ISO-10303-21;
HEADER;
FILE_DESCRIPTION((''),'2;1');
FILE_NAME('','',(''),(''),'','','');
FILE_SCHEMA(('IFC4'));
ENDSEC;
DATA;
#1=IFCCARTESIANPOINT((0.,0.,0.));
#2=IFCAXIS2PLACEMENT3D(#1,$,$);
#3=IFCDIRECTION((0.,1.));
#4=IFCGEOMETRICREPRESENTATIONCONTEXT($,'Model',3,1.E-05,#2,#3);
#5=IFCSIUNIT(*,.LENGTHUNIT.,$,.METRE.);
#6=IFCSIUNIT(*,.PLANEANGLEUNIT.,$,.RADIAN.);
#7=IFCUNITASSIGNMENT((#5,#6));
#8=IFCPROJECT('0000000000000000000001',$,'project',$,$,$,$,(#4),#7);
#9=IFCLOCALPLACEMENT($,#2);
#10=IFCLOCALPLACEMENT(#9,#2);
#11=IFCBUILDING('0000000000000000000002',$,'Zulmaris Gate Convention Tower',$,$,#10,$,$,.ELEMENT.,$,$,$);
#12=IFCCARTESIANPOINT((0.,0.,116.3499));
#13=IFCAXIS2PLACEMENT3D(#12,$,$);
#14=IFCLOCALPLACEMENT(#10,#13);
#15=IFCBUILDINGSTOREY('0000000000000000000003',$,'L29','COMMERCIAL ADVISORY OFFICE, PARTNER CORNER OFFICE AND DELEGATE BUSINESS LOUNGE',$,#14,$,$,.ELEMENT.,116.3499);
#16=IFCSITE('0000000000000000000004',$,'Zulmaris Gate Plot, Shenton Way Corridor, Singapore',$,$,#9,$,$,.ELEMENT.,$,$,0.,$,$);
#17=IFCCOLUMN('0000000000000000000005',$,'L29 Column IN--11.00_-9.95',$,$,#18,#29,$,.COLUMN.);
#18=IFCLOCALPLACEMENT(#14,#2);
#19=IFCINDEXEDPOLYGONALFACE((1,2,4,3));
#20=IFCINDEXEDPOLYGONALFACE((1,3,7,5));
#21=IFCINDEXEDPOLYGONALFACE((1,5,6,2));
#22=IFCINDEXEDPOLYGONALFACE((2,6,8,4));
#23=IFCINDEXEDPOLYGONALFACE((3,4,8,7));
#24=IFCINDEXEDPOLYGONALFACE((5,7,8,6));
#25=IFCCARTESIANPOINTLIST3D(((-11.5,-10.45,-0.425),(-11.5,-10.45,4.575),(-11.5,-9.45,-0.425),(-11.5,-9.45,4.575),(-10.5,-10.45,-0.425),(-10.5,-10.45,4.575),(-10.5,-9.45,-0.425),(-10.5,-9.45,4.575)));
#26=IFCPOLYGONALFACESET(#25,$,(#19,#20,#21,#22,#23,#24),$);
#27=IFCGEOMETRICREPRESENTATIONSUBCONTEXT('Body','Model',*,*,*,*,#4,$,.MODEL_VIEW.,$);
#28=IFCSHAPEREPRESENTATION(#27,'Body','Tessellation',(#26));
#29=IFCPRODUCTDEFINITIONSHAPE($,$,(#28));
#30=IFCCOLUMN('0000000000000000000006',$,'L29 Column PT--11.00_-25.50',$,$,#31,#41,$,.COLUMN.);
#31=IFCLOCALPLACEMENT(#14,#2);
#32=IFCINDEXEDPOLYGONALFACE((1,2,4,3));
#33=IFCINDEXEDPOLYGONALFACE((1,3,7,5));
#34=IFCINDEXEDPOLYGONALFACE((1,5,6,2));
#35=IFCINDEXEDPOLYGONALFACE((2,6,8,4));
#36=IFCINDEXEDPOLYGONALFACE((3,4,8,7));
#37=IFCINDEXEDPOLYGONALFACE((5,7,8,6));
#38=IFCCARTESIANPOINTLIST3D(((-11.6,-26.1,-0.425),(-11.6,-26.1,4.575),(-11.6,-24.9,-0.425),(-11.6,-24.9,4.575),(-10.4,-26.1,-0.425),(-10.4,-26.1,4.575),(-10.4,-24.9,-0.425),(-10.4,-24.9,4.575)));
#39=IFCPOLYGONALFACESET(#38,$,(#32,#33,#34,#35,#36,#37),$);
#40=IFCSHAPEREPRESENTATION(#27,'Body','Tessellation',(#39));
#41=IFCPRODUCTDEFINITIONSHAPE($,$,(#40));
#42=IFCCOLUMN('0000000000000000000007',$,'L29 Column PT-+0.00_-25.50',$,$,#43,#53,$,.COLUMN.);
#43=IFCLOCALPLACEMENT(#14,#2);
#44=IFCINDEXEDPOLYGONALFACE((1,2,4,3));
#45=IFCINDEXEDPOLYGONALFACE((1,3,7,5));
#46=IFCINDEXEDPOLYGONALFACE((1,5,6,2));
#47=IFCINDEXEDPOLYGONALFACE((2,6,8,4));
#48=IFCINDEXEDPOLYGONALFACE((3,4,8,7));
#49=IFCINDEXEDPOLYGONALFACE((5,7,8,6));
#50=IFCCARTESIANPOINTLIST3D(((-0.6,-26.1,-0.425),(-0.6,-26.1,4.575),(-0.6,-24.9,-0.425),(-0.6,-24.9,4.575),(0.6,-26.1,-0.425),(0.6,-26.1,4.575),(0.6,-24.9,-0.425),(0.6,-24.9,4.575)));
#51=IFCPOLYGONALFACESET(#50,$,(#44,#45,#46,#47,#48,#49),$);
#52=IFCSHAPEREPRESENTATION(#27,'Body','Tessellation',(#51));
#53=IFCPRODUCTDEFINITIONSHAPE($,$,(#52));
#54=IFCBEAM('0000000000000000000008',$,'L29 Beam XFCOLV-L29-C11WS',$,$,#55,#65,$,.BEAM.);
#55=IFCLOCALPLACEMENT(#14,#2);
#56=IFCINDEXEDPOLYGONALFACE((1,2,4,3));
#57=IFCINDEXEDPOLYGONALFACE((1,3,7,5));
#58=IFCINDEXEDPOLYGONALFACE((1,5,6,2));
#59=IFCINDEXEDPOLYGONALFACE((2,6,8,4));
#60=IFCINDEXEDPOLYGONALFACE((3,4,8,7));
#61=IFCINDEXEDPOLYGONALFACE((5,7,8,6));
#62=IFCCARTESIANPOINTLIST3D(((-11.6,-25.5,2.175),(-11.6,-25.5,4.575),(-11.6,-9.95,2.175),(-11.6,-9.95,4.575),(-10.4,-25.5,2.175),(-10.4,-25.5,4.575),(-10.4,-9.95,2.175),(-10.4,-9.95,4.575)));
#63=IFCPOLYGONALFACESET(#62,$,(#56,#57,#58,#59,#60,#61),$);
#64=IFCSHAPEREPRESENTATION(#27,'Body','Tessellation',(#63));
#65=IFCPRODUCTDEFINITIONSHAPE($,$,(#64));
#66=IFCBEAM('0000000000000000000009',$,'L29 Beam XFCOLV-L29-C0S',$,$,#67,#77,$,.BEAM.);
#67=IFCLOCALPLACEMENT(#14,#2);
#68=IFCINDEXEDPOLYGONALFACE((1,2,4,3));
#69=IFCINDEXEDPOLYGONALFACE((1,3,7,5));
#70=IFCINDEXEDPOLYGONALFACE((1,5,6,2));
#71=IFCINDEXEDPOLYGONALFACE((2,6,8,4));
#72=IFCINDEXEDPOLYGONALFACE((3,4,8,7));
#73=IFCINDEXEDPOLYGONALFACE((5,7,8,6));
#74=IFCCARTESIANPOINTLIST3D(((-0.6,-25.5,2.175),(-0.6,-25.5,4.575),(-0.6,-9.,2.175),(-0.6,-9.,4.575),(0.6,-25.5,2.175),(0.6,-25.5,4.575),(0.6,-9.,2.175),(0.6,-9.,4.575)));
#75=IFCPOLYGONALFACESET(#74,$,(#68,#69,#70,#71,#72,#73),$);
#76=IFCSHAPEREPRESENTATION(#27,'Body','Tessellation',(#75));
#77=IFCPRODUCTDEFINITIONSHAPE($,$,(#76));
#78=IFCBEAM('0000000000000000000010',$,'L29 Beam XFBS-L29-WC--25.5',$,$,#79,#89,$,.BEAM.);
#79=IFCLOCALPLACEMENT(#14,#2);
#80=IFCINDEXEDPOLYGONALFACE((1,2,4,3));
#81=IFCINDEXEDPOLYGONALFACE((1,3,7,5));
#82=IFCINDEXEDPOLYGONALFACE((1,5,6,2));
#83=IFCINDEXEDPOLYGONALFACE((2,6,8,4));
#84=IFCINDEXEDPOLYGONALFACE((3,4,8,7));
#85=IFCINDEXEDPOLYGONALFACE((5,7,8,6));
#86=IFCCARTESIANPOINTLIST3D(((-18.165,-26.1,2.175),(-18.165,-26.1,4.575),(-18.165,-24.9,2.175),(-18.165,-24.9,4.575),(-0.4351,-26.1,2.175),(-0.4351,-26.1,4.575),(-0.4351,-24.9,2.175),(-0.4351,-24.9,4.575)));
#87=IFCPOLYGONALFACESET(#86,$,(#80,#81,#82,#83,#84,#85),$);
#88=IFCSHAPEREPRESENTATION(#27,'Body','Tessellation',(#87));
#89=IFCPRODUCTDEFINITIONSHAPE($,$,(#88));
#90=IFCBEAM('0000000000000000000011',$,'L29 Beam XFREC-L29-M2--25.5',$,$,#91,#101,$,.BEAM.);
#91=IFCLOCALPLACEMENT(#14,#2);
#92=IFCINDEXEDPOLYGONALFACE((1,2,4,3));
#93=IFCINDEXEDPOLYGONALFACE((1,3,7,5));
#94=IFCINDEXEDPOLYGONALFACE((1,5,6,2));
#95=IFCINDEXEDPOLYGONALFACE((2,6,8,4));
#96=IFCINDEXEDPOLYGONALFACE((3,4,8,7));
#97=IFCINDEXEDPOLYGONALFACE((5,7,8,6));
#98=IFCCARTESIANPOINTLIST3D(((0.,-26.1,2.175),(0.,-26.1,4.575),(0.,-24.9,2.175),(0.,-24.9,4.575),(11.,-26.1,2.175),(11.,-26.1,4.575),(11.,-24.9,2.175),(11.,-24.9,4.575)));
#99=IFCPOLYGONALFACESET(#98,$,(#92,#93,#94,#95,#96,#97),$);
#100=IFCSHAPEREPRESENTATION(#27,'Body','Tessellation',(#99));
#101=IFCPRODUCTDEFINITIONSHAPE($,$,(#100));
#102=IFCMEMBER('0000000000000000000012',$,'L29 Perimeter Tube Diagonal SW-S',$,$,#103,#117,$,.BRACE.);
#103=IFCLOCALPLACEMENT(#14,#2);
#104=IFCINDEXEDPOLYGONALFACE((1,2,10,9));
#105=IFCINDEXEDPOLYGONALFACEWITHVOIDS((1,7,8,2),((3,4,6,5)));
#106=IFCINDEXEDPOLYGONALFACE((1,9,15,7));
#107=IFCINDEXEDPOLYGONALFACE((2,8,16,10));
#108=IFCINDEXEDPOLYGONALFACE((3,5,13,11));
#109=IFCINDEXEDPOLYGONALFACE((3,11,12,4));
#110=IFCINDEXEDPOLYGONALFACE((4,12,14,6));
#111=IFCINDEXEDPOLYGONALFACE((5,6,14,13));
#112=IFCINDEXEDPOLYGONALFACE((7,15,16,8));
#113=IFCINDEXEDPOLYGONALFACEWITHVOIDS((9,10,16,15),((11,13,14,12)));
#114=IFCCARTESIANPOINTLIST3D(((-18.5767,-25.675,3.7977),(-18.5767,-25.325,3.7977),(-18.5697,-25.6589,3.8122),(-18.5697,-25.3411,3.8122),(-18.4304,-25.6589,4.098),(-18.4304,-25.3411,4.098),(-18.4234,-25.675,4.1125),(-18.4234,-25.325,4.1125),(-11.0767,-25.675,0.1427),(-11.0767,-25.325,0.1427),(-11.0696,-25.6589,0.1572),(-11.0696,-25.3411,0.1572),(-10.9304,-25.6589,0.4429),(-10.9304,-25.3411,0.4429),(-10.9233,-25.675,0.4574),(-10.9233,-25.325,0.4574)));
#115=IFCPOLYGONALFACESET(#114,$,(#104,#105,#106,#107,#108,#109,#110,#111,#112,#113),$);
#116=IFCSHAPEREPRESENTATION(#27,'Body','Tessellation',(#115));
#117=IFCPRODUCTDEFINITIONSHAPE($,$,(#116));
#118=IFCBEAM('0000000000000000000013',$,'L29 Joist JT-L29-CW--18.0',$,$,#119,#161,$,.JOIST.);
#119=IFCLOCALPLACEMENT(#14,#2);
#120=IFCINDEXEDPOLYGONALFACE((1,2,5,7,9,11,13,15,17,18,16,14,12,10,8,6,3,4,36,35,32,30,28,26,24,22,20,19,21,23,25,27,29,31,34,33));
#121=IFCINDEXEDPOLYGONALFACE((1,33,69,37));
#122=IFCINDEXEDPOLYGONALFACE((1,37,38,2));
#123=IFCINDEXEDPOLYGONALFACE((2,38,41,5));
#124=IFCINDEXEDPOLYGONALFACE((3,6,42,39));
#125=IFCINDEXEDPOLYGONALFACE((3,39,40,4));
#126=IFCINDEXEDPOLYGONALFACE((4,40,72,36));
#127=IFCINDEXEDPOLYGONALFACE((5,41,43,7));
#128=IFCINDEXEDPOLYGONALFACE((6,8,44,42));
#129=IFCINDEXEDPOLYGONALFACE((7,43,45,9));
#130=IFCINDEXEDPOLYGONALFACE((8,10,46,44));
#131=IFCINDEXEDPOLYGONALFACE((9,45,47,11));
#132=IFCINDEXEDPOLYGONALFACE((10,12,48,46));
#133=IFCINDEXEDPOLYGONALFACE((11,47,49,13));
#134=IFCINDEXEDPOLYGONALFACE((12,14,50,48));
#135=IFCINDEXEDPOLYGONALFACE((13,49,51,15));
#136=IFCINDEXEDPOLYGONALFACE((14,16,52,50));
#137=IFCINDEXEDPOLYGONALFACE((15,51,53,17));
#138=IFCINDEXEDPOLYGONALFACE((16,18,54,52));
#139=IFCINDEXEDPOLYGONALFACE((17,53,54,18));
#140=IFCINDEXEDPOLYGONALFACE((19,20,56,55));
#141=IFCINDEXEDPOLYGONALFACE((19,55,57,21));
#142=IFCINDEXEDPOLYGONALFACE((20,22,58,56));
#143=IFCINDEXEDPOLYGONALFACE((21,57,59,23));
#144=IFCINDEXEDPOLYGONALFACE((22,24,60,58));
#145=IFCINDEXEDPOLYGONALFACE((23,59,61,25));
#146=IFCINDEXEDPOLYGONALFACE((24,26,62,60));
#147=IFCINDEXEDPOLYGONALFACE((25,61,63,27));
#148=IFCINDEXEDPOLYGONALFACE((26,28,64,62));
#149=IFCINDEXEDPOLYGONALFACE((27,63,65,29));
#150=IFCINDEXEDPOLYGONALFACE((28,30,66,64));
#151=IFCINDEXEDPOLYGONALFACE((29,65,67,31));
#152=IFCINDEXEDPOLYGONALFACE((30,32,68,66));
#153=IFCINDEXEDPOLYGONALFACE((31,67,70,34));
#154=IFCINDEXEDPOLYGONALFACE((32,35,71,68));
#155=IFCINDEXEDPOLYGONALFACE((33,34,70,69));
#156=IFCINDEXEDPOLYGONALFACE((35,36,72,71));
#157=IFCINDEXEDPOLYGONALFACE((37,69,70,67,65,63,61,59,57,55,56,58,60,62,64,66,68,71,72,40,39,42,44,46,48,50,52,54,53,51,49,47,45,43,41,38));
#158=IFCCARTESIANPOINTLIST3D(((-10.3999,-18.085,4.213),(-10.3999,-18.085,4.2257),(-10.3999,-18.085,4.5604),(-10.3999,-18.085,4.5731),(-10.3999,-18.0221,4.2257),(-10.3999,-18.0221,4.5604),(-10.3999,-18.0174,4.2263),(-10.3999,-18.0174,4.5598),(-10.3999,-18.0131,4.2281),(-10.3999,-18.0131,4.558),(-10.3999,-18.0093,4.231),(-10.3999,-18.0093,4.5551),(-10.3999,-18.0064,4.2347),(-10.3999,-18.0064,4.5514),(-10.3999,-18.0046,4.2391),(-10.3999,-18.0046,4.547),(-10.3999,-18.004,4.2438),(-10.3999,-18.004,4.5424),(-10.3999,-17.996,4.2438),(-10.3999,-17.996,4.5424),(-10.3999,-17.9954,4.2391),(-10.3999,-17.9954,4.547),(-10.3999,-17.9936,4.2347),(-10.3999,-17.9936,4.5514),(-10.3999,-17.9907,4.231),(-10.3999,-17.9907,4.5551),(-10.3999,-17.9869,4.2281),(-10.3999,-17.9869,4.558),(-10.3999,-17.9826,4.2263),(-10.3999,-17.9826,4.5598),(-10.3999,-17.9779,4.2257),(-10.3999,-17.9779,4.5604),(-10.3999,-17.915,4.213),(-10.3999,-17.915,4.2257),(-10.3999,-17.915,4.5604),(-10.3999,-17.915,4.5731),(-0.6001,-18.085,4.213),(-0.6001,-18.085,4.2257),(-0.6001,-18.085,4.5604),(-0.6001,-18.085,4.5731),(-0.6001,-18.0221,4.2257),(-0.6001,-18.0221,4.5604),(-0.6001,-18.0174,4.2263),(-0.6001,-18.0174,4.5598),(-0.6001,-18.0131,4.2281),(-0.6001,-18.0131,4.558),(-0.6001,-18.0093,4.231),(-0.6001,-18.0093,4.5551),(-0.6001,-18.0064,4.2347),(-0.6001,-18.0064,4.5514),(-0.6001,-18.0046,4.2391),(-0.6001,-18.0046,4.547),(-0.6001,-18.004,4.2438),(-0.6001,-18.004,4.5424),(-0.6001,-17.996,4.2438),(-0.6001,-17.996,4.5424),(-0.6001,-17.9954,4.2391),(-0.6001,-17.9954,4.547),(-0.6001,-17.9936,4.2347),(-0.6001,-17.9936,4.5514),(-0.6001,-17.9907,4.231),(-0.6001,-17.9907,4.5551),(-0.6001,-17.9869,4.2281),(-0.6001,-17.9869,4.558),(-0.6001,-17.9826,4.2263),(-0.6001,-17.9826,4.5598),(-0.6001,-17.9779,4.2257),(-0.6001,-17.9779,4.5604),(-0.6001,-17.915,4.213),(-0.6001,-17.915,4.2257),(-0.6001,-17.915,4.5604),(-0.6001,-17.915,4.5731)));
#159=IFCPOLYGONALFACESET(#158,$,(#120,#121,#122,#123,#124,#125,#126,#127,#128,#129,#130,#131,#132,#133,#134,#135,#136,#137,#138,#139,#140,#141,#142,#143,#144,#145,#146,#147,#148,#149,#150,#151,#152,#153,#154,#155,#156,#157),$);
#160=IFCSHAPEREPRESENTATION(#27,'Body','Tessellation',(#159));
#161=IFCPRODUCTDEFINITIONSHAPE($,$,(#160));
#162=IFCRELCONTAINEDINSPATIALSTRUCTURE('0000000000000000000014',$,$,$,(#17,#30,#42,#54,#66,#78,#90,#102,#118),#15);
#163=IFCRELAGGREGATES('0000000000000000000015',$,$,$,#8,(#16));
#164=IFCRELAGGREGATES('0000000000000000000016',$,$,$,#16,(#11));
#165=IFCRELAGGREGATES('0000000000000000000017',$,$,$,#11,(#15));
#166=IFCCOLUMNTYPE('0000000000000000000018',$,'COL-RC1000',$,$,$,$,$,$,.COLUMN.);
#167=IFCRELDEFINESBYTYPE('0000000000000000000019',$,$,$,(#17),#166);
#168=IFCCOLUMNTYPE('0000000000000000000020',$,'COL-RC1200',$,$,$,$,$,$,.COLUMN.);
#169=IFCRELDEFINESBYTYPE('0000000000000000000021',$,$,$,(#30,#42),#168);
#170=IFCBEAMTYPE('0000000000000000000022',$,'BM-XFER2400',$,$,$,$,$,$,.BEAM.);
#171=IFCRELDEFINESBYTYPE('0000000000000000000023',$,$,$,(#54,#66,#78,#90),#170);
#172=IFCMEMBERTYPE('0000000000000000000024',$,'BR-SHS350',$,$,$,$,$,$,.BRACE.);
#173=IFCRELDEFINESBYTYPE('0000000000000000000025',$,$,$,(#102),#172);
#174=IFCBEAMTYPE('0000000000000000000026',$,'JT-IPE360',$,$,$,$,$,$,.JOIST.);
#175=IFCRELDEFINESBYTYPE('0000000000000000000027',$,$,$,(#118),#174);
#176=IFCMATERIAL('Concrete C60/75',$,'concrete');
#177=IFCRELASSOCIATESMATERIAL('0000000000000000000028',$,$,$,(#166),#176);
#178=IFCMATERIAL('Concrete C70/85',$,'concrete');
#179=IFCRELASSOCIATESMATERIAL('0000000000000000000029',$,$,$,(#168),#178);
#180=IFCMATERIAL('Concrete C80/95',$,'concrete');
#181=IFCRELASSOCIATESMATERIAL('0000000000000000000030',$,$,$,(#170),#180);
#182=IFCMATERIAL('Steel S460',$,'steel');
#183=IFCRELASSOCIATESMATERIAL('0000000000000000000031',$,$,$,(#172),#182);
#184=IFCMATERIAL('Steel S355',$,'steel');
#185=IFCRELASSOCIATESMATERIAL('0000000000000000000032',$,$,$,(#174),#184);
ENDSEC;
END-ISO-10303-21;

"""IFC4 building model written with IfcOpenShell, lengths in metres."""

from ifc_helpers import new_model, si_unit, direction, frame, origin, origin_2d, place, context, subcontext, project, spatial, rectangle, hollow_rectangle, i_section, extrude, material, material_profile, profile_set, type_object, element, save


model = new_model("IFC4")

# Units and contexts
model_context = context("Model", 3, precision=1e-05, world=origin(), true_north=direction((0.0, 1.0)))
body_context = subcontext(model_context, "Body", "Model", "MODEL_VIEW")
ifc_project = project(units=[si_unit("LENGTHUNIT", "METRE"), si_unit("PLANEANGLEUNIT", "RADIAN")], contexts=[model_context])

# Site, building, storey
site_placement = place(None, origin())
site = spatial("IfcSite", under=ifc_project, at=site_placement, Name="Zulmaris Gate Plot, Shenton Way Corridor, Singapore", CompositionType="ELEMENT", RefElevation=0.0)
building_placement = place(site_placement, origin())
building = spatial("IfcBuilding", under=site, at=building_placement, Name="Zulmaris Gate Convention Tower", CompositionType="ELEMENT")
storey_placement = place(building_placement, frame((0.0, 0.0, 116.3499)))
storey = spatial("IfcBuildingStorey", under=building, at=storey_placement, Name="L29", Description="COMMERCIAL ADVISORY OFFICE, PARTNER CORNER OFFICE AND DELEGATE BUSINESS LOUNGE", CompositionType="ELEMENT", Elevation=116.3499)

# Columns
ifc_material_1 = material(Name="Concrete C60/75", Category="concrete")
ifc_material_profile_1 = material_profile(ifc_material_1, rectangle(XDim=1.0, YDim=1.0, at=origin_2d()), Name="RC COL 1000x1000")
ifc_profile_set_1 = profile_set([ifc_material_profile_1], Name="Concrete C60/75")
column_type_1 = type_object("IfcColumnType", Name="COL-RC1000", PredefinedType="COLUMN", material=ifc_profile_set_1)
column_placement = place(storey_placement, frame((-11.0, -9.95, -0.425), z_axis=(0.0, 0.0, 1.0), x_axis=(1.0, 0.0, 0.0)))
element("IfcColumn", 1, at=column_placement, inside=storey, type_object=column_type_1, Name="L29 Column IN--11.00_-9.95", PredefinedType="COLUMN", context=body_context, shape_type="SweptSolid", body=[
    extrude(rectangle(XDim=1.0, YDim=1.0, at=origin_2d()), origin(), (0.0, 0.0, 1.0), 5.0),
])
ifc_material_2 = material(Name="Concrete C70/85", Category="concrete")
ifc_material_profile_2 = material_profile(ifc_material_2, rectangle(XDim=1.2, YDim=1.2, at=origin_2d()), Name="RC COL 1200x1200")
ifc_profile_set_2 = profile_set([ifc_material_profile_2], Name="Concrete C70/85")
column_type_2 = type_object("IfcColumnType", Name="COL-RC1200", PredefinedType="COLUMN", material=ifc_profile_set_2)
for number, where, z_axis, x_axis, name in (
    (2, (-11.0, -25.5, -0.425), (0.0, 0.0, 1.0), (1.0, 0.0, 0.0), "L29 Column PT--11.00_-25.50"),
    (3, (0.0, -25.5, -0.425), (0.0, 0.0, 1.0), (1.0, 0.0, 0.0), "L29 Column PT-+0.00_-25.50"),
):
    element("IfcColumn", number, at=place(storey_placement, frame(where, z_axis=z_axis, x_axis=x_axis)), inside=storey, type_object=column_type_2, Name=name, PredefinedType="COLUMN", context=body_context, shape_type="SweptSolid", body=[
        extrude(rectangle(XDim=1.2, YDim=1.2, at=origin_2d()), origin(), (0.0, 0.0, 1.0), 5.0),
    ])

# Beams
ifc_material_3 = material(Name="Concrete C80/95", Category="concrete")
ifc_material_profile_3 = material_profile(ifc_material_3, rectangle(XDim=1.2, YDim=2.3999, at=origin_2d()), Name="RC TRANSFER 1200x2400")
ifc_profile_set_3 = profile_set([ifc_material_profile_3], Name="Concrete C80/95")
beam_type_1 = type_object("IfcBeamType", Name="BM-XFER2400", PredefinedType="BEAM", material=ifc_profile_set_3)
beam_1_placement = place(storey_placement, frame((-11.0, -25.5, 3.375), z_axis=(0.0, 1.0, 0.0), x_axis=(-1.0, 0.0, 0.0)))
element("IfcBeam", 4, at=beam_1_placement, inside=storey, type_object=beam_type_1, Name="L29 Beam XFCOLV-L29-C11WS", PredefinedType="BEAM", context=body_context, shape_type="SweptSolid", body=[
    extrude(rectangle(XDim=1.2, YDim=2.3999, at=origin_2d()), origin(), (0.0, 0.0, 1.0), 15.55),
])
beam_2_placement = place(storey_placement, frame((0.0, -25.5, 3.375), z_axis=(0.0, 1.0, 0.0), x_axis=(-1.0, 0.0, 0.0)))
element("IfcBeam", 5, at=beam_2_placement, inside=storey, type_object=beam_type_1, Name="L29 Beam XFCOLV-L29-C0S", PredefinedType="BEAM", context=body_context, shape_type="SweptSolid", body=[
    extrude(rectangle(XDim=1.2, YDim=2.3999, at=origin_2d()), origin(), (0.0, 0.0, 1.0), 16.5),
])
beam_3_placement = place(storey_placement, frame((-18.165, -25.5, 3.375), z_axis=(1.0, 0.0, 0.0), x_axis=(0.0, 1.0, 0.0)))
element("IfcBeam", 6, at=beam_3_placement, inside=storey, type_object=beam_type_1, Name="L29 Beam XFBS-L29-WC--25.5", PredefinedType="BEAM", context=body_context, shape_type="SweptSolid", body=[
    extrude(rectangle(XDim=1.2, YDim=2.3999, at=origin_2d()), origin(), (0.0, 0.0, 1.0), 17.73),
])
beam_4_placement = place(storey_placement, frame((0.0, -25.5, 3.375), z_axis=(1.0, 0.0, 0.0), x_axis=(0.0, 1.0, 0.0)))
element("IfcBeam", 7, at=beam_4_placement, inside=storey, type_object=beam_type_1, Name="L29 Beam XFREC-L29-M2--25.5", PredefinedType="BEAM", context=body_context, shape_type="SweptSolid", body=[
    extrude(rectangle(XDim=1.2, YDim=2.3999, at=origin_2d()), origin(), (0.0, 0.0, 1.0), 11.0),
])

# Member
ifc_material_4 = material(Name="Steel S460", Category="steel")
ifc_material_profile_4 = material_profile(ifc_material_4, hollow_rectangle(XDim=0.3501, YDim=0.3501, WallThickness=0.0161, at=origin_2d()), Name="SHS 350x350x16")
ifc_profile_set_4 = profile_set([ifc_material_profile_4], Name="Steel S460")
member_type = type_object("IfcMemberType", Name="BR-SHS350", PredefinedType="BRACE", material=ifc_profile_set_4)
member_placement = place(storey_placement, frame((-11.0, -25.5, 0.3), z_axis=(-0.898934, 0.0, 0.438084), x_axis=(0.0, -1.0, 0.0)))
element("IfcMember", 8, at=member_placement, inside=storey, type_object=member_type, Name="L29 Perimeter Tube Diagonal SW-S", PredefinedType="BRACE", context=body_context, shape_type="SweptSolid", body=[
    extrude(hollow_rectangle(XDim=0.3501, YDim=0.3501, WallThickness=0.0161, at=origin_2d()), origin(), (0.0, 0.0, 1.0), 8.3433),
])

# Beam
ifc_material_5 = material(Name="Steel S355", Category="steel")
ifc_material_profile_5 = material_profile(ifc_material_5, i_section(OverallWidth=0.1699, OverallDepth=0.3601, WebThickness=0.0081, FlangeThickness=0.0127, FilletRadius=0.0181, at=origin_2d()), Name="IPE 360")
ifc_profile_set_5 = profile_set([ifc_material_profile_5], Name="Steel S355")
beam_type_2 = type_object("IfcBeamType", Name="JT-IPE360", PredefinedType="JOIST", material=ifc_profile_set_5)
for number, where, z_axis, x_axis, name in (
    (9, (-10.3999, -18.0, 4.3931), (1.0, 0.0, 0.0), (0.0, 1.0, 0.0), "L29 Joist JT-L29-CW--18.0"),
):
    element("IfcBeam", number, at=place(storey_placement, frame(where, z_axis=z_axis, x_axis=x_axis)), inside=storey, type_object=beam_type_2, Name=name, PredefinedType="JOIST", context=body_context, shape_type="SweptSolid", body=[
        extrude(i_section(OverallWidth=0.1699, OverallDepth=0.3601, WebThickness=0.0081, FlangeThickness=0.0127, FilletRadius=0.0181, at=origin_2d()), origin(), (0.0, 0.0, 1.0), 9.7998),
    ])

save(model, "model.ifc")
